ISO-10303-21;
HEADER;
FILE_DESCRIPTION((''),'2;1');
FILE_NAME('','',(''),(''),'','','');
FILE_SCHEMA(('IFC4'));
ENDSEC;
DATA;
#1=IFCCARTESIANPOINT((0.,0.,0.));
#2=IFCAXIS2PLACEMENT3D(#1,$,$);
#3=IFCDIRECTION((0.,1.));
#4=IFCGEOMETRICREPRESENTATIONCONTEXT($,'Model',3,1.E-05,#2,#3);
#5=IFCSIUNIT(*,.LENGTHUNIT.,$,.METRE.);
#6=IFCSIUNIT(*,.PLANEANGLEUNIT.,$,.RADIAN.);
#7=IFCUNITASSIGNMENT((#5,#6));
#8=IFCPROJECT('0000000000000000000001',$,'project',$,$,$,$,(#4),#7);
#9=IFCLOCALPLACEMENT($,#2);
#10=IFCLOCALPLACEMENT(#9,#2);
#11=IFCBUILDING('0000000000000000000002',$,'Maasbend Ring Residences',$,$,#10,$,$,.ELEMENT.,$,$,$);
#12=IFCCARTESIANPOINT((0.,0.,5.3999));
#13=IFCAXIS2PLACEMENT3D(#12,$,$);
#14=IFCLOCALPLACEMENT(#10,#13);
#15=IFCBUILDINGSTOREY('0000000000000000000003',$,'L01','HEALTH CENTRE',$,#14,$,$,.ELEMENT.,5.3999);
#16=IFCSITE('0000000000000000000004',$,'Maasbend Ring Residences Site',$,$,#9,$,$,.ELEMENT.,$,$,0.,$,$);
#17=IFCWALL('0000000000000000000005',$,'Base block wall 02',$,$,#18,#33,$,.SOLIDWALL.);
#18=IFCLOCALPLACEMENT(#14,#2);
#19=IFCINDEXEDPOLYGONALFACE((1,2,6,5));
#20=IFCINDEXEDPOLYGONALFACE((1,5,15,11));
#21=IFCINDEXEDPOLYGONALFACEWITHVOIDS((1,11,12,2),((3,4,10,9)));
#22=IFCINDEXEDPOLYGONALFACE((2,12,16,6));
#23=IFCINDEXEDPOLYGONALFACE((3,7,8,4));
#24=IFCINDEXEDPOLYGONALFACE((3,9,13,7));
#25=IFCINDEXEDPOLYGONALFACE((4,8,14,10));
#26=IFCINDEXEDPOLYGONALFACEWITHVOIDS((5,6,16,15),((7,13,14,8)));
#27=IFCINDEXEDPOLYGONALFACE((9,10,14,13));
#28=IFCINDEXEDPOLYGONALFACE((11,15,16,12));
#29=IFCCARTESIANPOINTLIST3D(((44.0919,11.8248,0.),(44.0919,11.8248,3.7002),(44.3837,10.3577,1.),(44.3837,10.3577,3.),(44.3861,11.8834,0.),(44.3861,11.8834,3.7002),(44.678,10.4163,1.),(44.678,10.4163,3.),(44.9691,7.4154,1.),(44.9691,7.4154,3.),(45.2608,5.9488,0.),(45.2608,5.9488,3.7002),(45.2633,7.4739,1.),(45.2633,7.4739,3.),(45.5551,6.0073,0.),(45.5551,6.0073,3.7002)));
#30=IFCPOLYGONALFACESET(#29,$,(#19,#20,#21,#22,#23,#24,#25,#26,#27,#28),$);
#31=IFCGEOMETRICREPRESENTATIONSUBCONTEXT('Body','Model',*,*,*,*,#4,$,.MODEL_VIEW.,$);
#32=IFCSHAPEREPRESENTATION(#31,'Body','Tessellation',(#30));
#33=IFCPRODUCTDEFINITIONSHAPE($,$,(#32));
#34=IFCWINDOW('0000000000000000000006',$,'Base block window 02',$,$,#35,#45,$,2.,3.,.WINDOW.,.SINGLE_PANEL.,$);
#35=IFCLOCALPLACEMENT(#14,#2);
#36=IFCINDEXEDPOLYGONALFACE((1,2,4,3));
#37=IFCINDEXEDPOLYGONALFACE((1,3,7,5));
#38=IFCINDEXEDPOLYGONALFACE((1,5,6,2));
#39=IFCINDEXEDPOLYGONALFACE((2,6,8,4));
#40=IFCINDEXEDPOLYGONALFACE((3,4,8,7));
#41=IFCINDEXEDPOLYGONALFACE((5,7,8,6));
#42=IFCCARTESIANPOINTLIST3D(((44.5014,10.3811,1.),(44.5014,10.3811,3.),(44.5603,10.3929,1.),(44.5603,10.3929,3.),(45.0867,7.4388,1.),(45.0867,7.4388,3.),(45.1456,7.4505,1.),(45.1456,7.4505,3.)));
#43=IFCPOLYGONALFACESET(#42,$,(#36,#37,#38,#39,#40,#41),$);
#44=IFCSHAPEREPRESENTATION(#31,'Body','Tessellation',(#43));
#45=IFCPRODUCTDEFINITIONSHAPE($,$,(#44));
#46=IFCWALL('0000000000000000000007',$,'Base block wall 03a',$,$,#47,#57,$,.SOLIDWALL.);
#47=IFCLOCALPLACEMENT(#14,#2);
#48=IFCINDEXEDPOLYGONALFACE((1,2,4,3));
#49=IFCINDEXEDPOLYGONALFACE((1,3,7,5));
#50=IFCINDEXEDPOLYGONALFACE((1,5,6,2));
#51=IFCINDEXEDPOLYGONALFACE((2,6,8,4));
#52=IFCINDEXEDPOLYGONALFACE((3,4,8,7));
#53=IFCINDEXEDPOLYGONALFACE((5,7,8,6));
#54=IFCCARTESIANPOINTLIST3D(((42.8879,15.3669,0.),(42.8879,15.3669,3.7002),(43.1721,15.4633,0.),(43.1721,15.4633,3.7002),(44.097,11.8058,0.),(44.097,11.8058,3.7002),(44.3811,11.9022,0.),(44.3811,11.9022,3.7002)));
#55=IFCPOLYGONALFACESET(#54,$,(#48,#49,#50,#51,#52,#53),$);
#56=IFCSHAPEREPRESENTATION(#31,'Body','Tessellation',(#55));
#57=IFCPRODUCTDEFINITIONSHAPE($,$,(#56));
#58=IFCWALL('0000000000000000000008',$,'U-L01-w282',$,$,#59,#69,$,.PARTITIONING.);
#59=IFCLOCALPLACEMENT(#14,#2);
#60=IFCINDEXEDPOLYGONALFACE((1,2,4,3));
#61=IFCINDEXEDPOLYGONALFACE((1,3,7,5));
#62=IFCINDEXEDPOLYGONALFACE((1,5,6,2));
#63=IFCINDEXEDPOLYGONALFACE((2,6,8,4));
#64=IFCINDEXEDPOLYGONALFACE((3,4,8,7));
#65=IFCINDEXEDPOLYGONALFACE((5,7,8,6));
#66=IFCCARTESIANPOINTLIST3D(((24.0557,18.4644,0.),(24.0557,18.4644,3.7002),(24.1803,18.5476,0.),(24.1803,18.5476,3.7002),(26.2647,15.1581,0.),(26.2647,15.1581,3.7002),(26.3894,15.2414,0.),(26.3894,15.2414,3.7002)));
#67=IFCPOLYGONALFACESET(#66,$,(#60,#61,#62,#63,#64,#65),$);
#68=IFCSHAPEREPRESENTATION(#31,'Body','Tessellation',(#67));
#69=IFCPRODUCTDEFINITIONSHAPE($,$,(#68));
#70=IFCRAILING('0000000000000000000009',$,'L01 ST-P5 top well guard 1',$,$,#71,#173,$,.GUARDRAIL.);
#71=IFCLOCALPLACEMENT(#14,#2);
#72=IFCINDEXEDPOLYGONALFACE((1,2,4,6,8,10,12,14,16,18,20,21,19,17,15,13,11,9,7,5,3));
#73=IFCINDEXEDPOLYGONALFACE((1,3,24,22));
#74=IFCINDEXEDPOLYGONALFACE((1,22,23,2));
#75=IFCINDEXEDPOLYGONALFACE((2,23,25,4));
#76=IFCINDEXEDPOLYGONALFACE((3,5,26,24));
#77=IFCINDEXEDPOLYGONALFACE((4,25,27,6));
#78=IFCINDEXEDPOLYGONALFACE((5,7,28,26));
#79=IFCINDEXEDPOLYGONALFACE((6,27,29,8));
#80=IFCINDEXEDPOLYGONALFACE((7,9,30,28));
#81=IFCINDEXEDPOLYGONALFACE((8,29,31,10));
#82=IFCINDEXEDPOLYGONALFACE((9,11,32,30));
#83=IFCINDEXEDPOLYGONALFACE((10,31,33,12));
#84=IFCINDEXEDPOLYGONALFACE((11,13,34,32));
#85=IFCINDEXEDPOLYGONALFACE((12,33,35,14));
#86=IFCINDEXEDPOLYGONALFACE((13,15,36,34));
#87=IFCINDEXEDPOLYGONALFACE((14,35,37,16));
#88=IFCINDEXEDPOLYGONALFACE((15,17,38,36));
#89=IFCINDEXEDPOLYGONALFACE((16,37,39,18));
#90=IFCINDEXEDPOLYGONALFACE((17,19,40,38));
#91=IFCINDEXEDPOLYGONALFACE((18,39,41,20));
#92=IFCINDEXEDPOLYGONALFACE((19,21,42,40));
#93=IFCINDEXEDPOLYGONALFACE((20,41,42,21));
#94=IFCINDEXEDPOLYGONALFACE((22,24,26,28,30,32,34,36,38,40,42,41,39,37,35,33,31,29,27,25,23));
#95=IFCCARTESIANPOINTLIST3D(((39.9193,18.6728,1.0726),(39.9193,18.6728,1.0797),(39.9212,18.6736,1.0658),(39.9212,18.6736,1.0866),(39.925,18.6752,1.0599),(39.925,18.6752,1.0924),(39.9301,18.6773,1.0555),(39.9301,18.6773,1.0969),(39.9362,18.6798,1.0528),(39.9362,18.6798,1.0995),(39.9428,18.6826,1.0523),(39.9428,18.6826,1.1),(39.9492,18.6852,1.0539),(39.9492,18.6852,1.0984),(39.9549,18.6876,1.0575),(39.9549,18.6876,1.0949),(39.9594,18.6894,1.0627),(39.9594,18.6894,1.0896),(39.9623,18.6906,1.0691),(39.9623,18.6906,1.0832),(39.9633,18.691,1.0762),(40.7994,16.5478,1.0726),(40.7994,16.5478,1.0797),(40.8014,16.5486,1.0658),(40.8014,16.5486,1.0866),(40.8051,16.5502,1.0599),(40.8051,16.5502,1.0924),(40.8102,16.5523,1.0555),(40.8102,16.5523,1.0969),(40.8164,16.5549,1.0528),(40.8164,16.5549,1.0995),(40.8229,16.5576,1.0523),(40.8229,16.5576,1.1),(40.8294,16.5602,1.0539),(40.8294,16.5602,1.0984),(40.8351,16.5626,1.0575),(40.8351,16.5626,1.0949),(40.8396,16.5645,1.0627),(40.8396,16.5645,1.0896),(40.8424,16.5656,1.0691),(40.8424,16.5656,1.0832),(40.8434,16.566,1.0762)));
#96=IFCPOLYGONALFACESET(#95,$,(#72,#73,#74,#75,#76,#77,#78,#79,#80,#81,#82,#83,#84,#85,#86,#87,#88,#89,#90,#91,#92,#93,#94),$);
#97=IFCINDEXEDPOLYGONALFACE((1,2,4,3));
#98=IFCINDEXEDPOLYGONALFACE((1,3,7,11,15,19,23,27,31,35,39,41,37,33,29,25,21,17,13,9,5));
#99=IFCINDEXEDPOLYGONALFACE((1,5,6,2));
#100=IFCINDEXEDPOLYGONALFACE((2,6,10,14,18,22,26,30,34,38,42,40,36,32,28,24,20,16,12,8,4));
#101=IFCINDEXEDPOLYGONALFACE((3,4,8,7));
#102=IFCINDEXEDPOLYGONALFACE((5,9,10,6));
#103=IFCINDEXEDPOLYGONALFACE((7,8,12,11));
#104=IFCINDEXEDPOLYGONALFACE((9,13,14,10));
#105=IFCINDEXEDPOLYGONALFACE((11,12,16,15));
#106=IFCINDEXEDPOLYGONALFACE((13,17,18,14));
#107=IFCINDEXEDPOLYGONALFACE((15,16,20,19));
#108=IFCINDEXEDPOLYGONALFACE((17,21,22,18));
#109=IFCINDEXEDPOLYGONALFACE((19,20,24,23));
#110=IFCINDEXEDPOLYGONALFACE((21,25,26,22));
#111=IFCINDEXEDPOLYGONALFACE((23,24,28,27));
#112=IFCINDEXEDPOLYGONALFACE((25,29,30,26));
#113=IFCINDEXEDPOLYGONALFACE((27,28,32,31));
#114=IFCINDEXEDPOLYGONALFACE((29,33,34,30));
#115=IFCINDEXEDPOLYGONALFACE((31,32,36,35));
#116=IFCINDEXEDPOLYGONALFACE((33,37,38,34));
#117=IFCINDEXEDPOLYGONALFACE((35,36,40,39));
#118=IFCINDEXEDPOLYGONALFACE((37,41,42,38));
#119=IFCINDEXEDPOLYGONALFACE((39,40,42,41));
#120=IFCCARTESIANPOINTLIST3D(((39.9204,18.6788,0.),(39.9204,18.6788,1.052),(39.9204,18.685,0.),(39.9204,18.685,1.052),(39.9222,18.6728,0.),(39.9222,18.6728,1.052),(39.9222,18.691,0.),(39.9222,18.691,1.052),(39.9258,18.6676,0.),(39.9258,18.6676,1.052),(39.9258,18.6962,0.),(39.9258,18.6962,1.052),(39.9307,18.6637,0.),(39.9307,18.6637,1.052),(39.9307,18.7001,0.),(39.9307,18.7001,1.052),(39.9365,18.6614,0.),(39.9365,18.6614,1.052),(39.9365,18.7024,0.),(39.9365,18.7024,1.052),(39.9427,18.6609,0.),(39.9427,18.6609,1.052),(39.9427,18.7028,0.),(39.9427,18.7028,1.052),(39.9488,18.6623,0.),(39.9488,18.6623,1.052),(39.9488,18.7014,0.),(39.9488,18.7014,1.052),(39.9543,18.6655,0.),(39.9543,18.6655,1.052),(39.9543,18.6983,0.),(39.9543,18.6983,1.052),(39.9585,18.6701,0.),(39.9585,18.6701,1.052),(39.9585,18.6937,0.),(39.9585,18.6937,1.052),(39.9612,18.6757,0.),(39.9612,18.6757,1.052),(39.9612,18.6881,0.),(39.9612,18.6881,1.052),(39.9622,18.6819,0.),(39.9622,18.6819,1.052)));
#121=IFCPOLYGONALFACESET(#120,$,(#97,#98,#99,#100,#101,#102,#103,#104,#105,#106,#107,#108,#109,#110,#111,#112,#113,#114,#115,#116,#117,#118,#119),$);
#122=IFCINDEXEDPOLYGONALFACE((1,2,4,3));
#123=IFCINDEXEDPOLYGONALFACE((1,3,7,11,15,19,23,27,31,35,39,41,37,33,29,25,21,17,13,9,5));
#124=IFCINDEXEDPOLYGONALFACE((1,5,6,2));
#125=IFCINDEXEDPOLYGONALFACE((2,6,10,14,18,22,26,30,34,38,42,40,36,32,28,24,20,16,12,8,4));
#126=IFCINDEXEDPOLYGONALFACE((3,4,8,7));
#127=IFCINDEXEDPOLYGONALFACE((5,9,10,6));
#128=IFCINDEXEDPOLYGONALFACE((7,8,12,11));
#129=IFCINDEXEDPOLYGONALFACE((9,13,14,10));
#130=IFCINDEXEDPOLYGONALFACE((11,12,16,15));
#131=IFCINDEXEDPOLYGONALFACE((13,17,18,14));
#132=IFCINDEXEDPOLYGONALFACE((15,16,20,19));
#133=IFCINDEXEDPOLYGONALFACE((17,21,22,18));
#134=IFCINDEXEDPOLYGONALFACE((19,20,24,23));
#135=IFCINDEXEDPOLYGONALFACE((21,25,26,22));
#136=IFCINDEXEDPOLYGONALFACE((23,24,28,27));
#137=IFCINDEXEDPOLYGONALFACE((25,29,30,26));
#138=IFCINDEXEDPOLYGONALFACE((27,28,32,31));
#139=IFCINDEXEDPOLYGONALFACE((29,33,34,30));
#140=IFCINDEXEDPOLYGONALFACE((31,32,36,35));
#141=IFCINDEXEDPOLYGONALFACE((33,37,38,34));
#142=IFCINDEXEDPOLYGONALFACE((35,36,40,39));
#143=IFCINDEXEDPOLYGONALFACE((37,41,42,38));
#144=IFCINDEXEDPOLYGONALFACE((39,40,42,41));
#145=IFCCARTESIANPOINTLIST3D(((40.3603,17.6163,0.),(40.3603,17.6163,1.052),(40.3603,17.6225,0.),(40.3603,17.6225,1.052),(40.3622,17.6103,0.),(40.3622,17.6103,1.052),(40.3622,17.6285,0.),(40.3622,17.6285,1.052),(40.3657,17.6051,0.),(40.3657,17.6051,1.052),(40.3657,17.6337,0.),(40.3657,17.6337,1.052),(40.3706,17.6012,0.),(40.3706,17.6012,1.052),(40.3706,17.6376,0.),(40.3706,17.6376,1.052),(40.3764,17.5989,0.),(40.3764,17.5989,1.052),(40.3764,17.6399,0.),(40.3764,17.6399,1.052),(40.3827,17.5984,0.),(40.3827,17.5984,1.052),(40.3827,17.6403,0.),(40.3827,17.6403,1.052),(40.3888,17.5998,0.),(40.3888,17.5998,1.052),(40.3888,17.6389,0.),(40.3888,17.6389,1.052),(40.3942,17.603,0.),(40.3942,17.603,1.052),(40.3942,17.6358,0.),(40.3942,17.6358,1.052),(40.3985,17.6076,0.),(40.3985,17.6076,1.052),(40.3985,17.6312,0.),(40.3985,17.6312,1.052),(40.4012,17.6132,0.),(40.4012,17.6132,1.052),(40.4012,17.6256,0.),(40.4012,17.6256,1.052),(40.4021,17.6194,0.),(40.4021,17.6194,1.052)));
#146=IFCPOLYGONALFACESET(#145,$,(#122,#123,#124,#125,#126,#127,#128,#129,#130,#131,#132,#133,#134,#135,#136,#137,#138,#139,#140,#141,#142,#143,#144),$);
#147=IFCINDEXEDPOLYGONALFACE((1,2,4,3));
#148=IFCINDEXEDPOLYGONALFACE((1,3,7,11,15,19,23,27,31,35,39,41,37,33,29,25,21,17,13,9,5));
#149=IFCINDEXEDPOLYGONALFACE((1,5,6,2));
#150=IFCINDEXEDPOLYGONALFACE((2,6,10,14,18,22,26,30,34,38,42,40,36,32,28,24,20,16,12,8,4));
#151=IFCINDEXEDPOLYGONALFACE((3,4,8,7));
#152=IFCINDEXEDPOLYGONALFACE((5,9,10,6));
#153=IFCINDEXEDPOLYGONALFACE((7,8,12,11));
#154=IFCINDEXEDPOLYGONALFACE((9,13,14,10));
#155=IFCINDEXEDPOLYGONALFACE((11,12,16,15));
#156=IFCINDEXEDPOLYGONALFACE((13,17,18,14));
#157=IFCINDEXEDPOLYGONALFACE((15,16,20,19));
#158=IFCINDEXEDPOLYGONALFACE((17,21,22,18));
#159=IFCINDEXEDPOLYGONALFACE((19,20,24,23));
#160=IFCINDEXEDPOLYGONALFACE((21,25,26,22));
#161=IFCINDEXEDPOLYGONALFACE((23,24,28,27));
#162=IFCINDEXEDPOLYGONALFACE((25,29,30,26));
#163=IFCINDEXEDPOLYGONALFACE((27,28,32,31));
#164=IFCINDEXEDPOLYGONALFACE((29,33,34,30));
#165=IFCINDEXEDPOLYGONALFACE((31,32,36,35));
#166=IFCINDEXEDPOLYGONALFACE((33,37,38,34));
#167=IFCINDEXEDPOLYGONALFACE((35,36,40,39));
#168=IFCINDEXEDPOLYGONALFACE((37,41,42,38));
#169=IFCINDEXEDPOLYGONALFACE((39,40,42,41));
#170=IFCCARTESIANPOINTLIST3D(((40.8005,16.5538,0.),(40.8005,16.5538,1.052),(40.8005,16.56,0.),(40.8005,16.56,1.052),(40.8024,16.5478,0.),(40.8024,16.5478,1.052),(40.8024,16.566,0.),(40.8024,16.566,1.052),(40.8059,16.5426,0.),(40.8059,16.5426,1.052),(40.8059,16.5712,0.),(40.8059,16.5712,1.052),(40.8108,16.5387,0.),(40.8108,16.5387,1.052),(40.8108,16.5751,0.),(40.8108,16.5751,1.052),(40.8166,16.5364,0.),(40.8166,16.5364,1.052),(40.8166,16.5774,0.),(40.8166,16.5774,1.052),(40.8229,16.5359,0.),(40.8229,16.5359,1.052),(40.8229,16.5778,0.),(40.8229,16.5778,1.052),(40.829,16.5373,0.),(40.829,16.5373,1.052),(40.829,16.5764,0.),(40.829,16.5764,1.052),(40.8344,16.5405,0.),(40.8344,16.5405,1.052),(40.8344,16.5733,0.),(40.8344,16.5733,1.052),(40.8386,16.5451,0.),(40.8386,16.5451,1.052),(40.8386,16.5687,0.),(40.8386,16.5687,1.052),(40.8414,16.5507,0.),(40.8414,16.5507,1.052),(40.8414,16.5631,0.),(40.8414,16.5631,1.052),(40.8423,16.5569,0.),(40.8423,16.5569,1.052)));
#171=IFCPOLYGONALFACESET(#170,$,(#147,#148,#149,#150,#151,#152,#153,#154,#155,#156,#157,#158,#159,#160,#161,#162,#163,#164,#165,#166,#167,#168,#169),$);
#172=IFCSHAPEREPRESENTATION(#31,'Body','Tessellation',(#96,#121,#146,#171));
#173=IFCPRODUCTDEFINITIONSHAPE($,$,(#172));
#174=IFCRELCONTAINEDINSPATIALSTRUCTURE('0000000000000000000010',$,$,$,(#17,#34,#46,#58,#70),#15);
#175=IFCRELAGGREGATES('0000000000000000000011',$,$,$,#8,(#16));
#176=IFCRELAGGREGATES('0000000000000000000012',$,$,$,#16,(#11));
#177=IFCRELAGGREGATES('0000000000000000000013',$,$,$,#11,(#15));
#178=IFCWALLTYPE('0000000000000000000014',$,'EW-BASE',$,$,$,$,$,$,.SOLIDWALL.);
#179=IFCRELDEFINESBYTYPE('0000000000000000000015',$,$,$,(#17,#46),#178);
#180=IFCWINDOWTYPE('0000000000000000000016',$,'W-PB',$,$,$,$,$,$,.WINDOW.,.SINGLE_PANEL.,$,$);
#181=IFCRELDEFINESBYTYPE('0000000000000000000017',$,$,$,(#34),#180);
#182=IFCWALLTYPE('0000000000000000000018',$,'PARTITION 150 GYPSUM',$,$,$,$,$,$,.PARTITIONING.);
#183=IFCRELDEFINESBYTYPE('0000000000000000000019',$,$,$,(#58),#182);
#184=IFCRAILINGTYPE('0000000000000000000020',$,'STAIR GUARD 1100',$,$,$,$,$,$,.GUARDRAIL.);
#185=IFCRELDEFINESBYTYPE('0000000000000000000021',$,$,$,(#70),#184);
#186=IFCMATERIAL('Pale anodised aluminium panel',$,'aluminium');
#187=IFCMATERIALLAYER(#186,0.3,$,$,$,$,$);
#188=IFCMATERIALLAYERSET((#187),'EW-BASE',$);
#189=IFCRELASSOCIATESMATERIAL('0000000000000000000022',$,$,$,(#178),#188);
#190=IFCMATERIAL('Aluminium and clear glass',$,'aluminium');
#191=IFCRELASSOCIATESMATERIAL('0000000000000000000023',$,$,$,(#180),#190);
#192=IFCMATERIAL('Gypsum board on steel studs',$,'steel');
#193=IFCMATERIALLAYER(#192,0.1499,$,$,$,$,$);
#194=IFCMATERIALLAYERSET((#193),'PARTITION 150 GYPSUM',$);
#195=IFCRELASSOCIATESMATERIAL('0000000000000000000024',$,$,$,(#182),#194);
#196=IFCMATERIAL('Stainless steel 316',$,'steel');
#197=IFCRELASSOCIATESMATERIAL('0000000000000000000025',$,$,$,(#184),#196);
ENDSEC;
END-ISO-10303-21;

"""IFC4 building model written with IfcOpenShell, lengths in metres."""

from ifc_helpers import new_model, si_unit, direction, frame, frame_2d, origin, origin_2d, place, context, subcontext, project, spatial, rectangle, circle, extrude, material, layer, layer_set, type_object, element, fill, save


model = new_model("IFC4")

# Units and contexts
model_context = context("Model", 3, precision=1e-05, world=origin(), true_north=direction((0.0, 1.0)))
body_context = subcontext(model_context, "Body", "Model", "MODEL_VIEW")
ifc_project = project(units=[si_unit("LENGTHUNIT", "METRE"), si_unit("PLANEANGLEUNIT", "RADIAN")], contexts=[model_context])

# Site, building, storey
site_placement = place(None, origin())
site = spatial("IfcSite", under=ifc_project, at=site_placement, Name="Maasbend Ring Residences Site", CompositionType="ELEMENT", RefElevation=0.0)
building_placement = place(site_placement, origin())
building = spatial("IfcBuilding", under=site, at=building_placement, Name="Maasbend Ring Residences", CompositionType="ELEMENT")
storey_placement = place(building_placement, frame((0.0, 0.0, 5.3999)))
storey = spatial("IfcBuildingStorey", under=building, at=storey_placement, Name="L01", Description="HEALTH CENTRE", CompositionType="ELEMENT", Elevation=5.3999)

# Wall, opening, window
ifc_material_1 = material(Name="Pale anodised aluminium panel", Category="aluminium")
ifc_layer_1 = layer(ifc_material_1, 0.3)
ifc_layer_set_1 = layer_set([ifc_layer_1], Name="EW-BASE")
wall_type_1 = type_object("IfcWallType", Name="EW-BASE", PredefinedType="SOLIDWALL", material=ifc_layer_set_1)
wall_1_placement = place(storey_placement, frame((45.408, 5.978, 0.0), z_axis=(0.0, 0.0, 1.0), x_axis=(-0.195113, 0.980781, 0.0)))
wall_1 = element("IfcWall", 1, at=wall_1_placement, inside=storey, type_object=wall_type_1, Name="Base block wall 02", PredefinedType="SOLIDWALL", context=body_context, shape_type="SweptSolid", body=[
    extrude(rectangle(XDim=5.9912, YDim=0.3, at=frame_2d((2.9956, 0.0))), origin(), (0.0, 0.0, 1.0), 3.7002),
])
opening_1_placement = place(wall_1_placement, frame((1.4954, 0.0, 1.0)))
opening_1 = element("IfcOpeningElement", 2, at=opening_1_placement, cuts=wall_1, PredefinedType="OPENING", context=body_context, shape_type="SweptSolid", body=[
    extrude(rectangle(XDim=3.0, YDim=2.0, at=frame_2d((1.5, 1.0))), frame((0.0, 0.1602, 0.0), z_axis=(0.0, -1.0, 0.0), x_axis=(1.0, 0.0, 0.0)), (0.0, 0.0, 1.0), 0.3201),
])
ifc_material_2 = material(Name="Aluminium and clear glass", Category="aluminium")
window_type = type_object("IfcWindowType", Name="W-PB", PartitioningType="SINGLE_PANEL", PredefinedType="WINDOW", material=ifc_material_2)
window_placement = place(opening_1_placement, origin())
window = element("IfcWindow", 3, at=window_placement, inside=storey, type_object=window_type, Name="Base block window 02", OverallHeight=2.0, OverallWidth=3.0, PartitioningType="SINGLE_PANEL", PredefinedType="WINDOW", context=body_context, shape_type="SweptSolid", body=[
    extrude(rectangle(XDim=3.0, YDim=2.0, at=frame_2d((1.5, 1.0))), frame((0.0, 0.03, 0.0), z_axis=(0.0, -1.0, 0.0), x_axis=(1.0, 0.0, 0.0)), (0.0, 0.0, 1.0), 0.0601),
])
fill(opening_1, window)

# Walls
wall_2_placement = place(storey_placement, frame((44.239, 11.854, 0.0), z_axis=(0.0, 0.0, 1.0), x_axis=(-0.321481, 0.946916, 0.0)))
element("IfcWall", 4, at=wall_2_placement, inside=storey, type_object=wall_type_1, Name="Base block wall 03a", PredefinedType="SOLIDWALL", context=body_context, shape_type="SweptSolid", body=[
    extrude(rectangle(XDim=3.7607, YDim=0.3, at=frame_2d((1.8804, 0.0))), origin(), (0.0, 0.0, 1.0), 3.7002),
])
ifc_material_3 = material(Name="Gypsum board on steel studs", Category="steel")
ifc_layer_2 = layer(ifc_material_3, 0.1499)
ifc_layer_set_2 = layer_set([ifc_layer_2], Name="PARTITION 150 GYPSUM")
wall_type_2 = type_object("IfcWallType", Name="PARTITION 150 GYPSUM", PredefinedType="PARTITIONING", material=ifc_layer_set_2)
wall_3_placement = place(storey_placement, frame((24.1179, 18.5061, 0.0), z_axis=(0.0, 0.0, 1.0), x_axis=(0.55555, -0.831483, 0.0)))
element("IfcWall", 5, at=wall_3_placement, inside=storey, type_object=wall_type_2, Name="U-L01-w282", PredefinedType="PARTITIONING", context=body_context, shape_type="SweptSolid", body=[
    extrude(rectangle(XDim=3.9763, YDim=0.1499, at=frame_2d((1.9883, 0.0))), origin(), (0.0, 0.0, 1.0), 3.7002),
])

# Railing
ifc_material_4 = material(Name="Stainless steel 316", Category="steel")
railing_type = type_object("IfcRailingType", Name="STAIR GUARD 1100", PredefinedType="GUARDRAIL", material=ifc_material_4)
railing_placement = place(storey_placement, frame((39.9412, 18.6819, 0.0)))
element("IfcRailing", 6, at=railing_placement, inside=storey, type_object=railing_type, Name="L01 ST-P5 top well guard 1", PredefinedType="GUARDRAIL", context=body_context, shape_type="SweptSolid", body=[
    extrude(circle(Radius=0.0239, at=origin_2d()), frame((0.0, 0.0, 1.0762), z_axis=(0.382655, -0.923891, 0.0), x_axis=(0.923891, 0.382655, 0.0)), (0.0, 0.0, 1.0), 2.3),
    extrude(circle(Radius=0.021, at=origin_2d()), origin(), (0.0, 0.0, 1.0), 1.052),
    extrude(circle(Radius=0.021, at=origin_2d()), frame((0.4399, -1.0625, 0.0)), (0.0, 0.0, 1.0), 1.052),
    extrude(circle(Radius=0.021, at=origin_2d()), frame((0.8801, -2.125, 0.0)), (0.0, 0.0, 1.0), 1.052),
])

save(model, "model.ifc")
